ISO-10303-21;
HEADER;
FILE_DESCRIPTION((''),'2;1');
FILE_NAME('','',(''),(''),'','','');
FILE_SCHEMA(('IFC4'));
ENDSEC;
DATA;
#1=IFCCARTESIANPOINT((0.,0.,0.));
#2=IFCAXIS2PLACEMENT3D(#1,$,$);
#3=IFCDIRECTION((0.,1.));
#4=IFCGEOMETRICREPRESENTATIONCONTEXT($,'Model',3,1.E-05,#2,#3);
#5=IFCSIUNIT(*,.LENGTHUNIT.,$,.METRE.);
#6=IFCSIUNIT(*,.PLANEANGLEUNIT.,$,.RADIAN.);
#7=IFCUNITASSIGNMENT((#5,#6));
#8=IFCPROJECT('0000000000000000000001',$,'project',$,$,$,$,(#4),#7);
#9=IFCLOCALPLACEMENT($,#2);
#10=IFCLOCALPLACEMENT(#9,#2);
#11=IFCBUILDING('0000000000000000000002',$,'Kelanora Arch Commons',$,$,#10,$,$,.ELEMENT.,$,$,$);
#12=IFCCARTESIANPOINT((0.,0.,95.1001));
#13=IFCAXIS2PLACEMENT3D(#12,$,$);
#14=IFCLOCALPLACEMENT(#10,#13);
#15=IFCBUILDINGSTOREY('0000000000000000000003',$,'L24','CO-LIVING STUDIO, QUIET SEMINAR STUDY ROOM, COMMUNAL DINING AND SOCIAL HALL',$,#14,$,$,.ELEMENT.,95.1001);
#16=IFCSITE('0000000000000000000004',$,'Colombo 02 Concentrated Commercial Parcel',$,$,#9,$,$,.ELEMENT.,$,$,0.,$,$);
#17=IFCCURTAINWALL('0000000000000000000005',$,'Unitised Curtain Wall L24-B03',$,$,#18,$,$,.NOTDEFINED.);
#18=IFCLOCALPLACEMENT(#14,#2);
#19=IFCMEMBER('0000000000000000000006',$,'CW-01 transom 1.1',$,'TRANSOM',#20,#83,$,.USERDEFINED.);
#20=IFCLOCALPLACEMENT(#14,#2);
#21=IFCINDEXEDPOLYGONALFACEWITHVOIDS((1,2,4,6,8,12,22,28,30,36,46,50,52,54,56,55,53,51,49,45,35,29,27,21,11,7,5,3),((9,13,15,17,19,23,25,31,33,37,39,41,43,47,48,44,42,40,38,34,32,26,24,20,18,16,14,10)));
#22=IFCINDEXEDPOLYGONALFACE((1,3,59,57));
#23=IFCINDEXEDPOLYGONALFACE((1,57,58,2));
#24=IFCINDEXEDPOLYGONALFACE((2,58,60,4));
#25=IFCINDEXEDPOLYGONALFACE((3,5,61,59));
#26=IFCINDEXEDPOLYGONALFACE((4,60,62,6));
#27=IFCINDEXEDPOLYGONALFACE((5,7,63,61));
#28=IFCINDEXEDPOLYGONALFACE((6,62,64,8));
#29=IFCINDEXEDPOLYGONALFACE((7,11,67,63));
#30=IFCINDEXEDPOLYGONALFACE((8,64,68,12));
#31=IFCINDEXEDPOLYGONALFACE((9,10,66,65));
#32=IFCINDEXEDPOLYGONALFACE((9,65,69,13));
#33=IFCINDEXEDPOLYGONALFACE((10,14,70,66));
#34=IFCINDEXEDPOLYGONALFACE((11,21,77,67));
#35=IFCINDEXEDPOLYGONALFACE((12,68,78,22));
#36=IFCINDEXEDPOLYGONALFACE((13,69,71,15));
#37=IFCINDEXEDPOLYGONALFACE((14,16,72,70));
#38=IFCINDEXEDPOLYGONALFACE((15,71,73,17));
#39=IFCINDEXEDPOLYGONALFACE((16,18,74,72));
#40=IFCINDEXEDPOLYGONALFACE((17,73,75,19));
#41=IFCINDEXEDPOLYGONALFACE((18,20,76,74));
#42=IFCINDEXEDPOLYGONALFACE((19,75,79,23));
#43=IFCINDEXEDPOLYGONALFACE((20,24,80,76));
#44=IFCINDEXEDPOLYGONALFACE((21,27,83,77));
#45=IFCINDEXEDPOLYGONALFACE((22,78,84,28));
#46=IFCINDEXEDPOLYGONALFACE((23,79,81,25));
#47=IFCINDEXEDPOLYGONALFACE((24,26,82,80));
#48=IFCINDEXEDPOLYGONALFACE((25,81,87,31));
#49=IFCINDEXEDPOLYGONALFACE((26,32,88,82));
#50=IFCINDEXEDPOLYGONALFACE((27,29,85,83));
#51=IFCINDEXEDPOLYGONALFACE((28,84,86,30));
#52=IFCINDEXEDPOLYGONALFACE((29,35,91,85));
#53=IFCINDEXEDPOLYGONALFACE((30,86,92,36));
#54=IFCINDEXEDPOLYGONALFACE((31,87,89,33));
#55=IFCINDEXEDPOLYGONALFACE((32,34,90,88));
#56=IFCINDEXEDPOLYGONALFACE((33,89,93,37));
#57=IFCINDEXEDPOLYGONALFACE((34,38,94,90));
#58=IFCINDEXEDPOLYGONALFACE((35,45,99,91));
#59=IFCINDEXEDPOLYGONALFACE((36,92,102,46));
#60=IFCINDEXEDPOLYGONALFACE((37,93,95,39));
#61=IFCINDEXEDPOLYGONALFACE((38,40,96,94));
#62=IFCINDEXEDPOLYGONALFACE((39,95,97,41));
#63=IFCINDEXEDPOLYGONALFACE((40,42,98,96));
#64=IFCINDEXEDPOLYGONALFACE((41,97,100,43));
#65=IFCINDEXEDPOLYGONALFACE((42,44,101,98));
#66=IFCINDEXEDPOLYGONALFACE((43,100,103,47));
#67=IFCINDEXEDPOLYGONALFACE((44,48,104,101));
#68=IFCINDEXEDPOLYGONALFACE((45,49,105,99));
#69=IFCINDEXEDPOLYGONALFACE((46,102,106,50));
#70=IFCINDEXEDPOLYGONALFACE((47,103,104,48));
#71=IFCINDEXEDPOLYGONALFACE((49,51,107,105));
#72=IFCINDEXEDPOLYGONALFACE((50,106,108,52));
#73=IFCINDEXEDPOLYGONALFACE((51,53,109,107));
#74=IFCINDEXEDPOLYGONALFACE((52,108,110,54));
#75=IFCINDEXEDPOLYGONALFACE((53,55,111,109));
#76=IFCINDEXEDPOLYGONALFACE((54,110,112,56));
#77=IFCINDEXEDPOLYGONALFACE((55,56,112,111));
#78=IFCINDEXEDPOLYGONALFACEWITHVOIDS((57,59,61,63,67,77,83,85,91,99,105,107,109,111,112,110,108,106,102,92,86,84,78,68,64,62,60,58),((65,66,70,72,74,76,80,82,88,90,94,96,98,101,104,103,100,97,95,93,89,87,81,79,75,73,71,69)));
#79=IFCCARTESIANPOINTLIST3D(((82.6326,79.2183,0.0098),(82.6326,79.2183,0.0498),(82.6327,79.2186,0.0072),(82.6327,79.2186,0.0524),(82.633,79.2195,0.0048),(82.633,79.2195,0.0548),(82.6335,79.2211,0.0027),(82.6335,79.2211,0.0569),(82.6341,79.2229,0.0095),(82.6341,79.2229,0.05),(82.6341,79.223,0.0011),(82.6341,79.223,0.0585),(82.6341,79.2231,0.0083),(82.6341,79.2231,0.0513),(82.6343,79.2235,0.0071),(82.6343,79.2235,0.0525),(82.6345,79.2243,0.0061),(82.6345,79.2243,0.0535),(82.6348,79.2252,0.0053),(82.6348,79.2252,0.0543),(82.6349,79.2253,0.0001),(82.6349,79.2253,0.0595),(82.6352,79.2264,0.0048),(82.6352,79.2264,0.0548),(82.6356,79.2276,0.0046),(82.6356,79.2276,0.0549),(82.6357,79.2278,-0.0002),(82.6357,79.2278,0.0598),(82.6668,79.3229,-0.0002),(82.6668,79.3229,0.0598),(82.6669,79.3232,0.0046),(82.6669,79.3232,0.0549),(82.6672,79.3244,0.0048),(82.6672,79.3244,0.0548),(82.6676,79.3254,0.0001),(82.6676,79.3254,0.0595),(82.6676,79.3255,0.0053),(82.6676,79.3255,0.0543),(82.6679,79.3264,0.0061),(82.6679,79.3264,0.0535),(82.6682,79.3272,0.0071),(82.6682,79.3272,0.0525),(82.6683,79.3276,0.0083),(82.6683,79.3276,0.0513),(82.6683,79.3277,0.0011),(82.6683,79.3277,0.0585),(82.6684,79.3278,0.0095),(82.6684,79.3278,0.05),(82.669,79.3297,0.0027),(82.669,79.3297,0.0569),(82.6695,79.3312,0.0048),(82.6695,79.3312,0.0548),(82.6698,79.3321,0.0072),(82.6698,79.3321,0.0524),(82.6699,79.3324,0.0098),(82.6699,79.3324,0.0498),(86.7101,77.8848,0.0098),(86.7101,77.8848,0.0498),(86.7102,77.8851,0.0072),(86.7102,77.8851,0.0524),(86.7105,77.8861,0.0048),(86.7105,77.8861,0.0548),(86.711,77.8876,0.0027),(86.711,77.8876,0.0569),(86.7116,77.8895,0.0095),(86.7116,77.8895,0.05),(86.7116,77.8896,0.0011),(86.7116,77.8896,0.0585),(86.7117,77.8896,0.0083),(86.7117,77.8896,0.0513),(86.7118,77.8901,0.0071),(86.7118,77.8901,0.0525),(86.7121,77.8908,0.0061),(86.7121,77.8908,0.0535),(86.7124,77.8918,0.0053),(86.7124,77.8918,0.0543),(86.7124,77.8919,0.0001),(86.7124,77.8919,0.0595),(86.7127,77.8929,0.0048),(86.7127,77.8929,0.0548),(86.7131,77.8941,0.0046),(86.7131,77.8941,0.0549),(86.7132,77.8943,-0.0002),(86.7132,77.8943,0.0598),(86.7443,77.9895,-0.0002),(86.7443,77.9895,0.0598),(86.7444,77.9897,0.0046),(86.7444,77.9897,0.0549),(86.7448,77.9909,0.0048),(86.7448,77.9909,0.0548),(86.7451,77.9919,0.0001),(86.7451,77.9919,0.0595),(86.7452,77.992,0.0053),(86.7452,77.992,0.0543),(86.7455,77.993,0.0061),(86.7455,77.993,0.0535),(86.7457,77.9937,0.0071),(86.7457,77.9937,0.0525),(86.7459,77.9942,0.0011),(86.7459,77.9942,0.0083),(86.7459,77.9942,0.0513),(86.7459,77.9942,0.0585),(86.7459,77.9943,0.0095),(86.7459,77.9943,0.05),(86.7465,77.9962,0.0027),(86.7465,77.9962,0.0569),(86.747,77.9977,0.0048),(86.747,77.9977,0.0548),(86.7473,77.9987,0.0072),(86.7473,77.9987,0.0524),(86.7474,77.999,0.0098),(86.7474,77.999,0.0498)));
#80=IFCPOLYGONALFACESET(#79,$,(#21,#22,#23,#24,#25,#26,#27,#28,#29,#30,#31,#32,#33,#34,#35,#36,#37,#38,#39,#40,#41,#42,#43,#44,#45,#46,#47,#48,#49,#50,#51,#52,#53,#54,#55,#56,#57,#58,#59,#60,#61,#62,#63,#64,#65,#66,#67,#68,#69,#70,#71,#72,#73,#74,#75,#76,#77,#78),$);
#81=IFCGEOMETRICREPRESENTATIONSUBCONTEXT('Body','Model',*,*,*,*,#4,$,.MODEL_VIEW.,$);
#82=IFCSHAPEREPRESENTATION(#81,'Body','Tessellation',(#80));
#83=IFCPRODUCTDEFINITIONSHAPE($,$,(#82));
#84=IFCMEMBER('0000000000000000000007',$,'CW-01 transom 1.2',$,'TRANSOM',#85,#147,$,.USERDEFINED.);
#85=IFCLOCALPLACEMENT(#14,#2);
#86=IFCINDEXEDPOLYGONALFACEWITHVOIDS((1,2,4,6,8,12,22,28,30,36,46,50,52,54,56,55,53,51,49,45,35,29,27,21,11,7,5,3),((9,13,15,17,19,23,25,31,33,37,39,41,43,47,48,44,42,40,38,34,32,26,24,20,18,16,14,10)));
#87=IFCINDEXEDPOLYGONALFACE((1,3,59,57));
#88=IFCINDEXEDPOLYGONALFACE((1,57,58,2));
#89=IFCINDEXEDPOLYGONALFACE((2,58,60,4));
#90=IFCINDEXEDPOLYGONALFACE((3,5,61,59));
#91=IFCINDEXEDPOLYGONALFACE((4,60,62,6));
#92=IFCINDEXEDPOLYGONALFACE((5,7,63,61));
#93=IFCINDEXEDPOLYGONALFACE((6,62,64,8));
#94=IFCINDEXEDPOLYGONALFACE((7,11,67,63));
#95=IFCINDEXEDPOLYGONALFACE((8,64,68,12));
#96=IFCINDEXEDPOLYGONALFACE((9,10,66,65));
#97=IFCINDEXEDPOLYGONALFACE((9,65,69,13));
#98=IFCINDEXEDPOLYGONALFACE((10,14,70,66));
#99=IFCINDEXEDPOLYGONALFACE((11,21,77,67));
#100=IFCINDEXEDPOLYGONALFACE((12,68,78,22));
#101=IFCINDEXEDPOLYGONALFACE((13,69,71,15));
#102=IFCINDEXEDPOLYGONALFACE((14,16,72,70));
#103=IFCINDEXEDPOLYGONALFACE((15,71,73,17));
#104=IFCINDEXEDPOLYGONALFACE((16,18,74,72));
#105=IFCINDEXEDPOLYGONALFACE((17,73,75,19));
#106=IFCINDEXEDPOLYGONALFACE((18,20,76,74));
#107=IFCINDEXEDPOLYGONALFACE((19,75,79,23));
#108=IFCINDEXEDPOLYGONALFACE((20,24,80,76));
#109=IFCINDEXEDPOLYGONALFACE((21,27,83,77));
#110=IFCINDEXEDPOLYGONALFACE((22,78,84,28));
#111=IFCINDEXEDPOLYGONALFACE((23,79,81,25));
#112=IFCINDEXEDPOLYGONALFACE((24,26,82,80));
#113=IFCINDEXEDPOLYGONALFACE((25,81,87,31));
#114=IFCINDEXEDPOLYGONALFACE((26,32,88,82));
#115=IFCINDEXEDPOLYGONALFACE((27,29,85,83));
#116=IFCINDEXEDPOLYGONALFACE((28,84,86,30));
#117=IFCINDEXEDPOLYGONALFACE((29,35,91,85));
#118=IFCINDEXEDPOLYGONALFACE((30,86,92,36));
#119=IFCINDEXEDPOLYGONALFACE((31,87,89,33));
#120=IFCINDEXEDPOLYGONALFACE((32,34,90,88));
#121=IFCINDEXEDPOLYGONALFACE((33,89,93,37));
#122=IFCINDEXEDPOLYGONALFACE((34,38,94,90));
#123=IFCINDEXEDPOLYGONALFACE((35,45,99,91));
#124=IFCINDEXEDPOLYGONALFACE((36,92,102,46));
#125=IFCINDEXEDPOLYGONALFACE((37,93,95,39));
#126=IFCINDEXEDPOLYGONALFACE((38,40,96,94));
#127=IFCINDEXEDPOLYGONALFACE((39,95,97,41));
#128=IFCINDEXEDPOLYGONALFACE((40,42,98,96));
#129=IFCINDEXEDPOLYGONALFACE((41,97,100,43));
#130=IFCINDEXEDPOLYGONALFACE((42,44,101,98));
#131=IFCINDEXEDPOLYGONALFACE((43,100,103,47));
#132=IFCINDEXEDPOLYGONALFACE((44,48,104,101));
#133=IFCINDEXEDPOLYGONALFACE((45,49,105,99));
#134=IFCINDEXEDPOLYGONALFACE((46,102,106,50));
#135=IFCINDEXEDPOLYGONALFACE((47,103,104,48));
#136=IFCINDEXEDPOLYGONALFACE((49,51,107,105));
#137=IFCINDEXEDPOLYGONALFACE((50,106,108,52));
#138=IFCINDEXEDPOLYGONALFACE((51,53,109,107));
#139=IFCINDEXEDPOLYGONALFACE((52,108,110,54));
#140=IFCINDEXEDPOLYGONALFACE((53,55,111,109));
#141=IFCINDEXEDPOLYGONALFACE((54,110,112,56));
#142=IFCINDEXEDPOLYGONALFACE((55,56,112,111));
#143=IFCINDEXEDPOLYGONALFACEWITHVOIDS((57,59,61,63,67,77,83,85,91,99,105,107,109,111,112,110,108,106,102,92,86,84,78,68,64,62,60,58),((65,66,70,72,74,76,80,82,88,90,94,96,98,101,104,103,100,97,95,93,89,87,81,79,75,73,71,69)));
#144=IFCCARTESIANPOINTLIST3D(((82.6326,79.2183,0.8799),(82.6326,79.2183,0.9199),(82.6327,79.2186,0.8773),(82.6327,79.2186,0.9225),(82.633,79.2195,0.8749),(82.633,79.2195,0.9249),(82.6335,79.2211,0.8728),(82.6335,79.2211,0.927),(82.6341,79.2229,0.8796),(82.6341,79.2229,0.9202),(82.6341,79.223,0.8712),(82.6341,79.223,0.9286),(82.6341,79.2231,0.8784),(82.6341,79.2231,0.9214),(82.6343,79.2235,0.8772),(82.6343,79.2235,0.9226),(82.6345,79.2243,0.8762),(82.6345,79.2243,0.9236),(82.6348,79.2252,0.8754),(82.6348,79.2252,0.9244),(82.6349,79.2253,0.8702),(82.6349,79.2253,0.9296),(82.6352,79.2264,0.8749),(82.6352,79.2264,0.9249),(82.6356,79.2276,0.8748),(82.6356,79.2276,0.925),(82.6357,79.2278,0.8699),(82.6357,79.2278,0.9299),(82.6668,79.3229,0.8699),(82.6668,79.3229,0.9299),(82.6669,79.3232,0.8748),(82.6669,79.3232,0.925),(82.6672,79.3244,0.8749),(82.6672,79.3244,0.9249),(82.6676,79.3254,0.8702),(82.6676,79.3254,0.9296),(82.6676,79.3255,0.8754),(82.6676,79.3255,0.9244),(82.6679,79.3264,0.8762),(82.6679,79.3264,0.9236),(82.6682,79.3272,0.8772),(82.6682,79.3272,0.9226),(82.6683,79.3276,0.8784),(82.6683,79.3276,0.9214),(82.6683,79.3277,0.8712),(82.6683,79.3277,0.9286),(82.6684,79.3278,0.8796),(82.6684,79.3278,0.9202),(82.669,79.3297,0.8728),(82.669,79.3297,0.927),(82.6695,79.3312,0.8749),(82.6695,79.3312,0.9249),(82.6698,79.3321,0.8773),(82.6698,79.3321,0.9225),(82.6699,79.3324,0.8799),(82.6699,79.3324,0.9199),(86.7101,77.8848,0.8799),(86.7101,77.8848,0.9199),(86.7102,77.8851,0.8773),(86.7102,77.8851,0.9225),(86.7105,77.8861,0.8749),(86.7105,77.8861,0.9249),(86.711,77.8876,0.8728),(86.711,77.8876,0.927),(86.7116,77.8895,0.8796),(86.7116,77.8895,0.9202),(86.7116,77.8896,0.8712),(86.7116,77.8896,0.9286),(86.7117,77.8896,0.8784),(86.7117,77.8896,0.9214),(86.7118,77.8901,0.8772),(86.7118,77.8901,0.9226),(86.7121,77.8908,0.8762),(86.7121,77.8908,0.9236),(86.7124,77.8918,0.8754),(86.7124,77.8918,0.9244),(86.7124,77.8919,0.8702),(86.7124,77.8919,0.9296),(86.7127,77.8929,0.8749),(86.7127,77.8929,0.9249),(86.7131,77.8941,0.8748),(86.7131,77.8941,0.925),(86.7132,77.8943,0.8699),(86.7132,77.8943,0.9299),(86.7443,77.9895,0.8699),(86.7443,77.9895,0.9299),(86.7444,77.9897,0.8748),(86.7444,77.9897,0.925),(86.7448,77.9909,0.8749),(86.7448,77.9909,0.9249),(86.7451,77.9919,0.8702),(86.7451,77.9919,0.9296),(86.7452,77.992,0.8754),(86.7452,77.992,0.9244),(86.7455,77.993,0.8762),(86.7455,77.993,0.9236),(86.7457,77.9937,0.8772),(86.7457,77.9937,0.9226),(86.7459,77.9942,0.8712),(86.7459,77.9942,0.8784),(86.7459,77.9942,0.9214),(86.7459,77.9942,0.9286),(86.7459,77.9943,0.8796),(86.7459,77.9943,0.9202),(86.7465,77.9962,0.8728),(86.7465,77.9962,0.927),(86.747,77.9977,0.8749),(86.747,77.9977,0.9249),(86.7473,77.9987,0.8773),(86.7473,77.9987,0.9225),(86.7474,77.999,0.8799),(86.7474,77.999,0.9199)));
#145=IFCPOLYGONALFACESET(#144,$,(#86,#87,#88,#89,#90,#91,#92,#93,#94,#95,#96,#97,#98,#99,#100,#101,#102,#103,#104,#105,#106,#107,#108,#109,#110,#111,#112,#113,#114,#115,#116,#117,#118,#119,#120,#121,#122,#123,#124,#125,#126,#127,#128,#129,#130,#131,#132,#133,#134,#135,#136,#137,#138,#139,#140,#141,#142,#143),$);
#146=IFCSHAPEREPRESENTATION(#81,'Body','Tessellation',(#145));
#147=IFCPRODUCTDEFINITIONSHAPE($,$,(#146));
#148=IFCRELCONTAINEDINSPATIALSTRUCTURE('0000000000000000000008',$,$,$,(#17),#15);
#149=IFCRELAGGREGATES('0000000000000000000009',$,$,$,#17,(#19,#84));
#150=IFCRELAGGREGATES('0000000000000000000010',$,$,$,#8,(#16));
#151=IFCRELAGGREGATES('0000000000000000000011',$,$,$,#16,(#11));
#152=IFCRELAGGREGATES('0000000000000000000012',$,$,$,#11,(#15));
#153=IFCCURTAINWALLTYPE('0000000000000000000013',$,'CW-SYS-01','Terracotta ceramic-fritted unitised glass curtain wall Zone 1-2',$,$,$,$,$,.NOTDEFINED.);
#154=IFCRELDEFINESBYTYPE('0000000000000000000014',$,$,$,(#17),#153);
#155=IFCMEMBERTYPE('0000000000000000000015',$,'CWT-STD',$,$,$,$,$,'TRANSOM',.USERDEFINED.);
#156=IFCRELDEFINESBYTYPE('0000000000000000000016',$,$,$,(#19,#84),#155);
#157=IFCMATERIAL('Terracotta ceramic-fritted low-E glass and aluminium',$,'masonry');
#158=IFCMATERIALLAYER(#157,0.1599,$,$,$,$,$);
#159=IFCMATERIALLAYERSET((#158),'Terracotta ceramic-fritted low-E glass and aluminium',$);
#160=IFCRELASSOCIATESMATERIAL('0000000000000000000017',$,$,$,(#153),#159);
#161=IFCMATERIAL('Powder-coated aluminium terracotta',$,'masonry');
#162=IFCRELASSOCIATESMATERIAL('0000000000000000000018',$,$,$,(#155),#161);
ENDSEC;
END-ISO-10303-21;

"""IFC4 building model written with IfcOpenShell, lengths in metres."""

from ifc_helpers import new_model, si_unit, direction, frame, origin, origin_2d, place, context, subcontext, project, spatial, hollow_rectangle, extrude, material, layer, layer_set, material_profile, profile_set, type_object, element, aggregate, save


model = new_model("IFC4")

# Units and contexts
model_context = context("Model", 3, precision=1e-05, world=origin(), true_north=direction((0.0, 1.0)))
body_context = subcontext(model_context, "Body", "Model", "MODEL_VIEW")
ifc_project = project(units=[si_unit("LENGTHUNIT", "METRE"), si_unit("PLANEANGLEUNIT", "RADIAN")], contexts=[model_context])

# Site, building, storey
site_placement = place(None, origin())
site = spatial("IfcSite", under=ifc_project, at=site_placement, Name="Colombo 02 Concentrated Commercial Parcel", CompositionType="ELEMENT", RefElevation=0.0)
building_placement = place(site_placement, origin())
building = spatial("IfcBuilding", under=site, at=building_placement, Name="Kelanora Arch Commons", CompositionType="ELEMENT")
storey_placement = place(building_placement, frame((0.0, 0.0, 95.1001)))
storey = spatial("IfcBuildingStorey", under=building, at=storey_placement, Name="L24", Description="CO-LIVING STUDIO, QUIET SEMINAR STUDY ROOM, COMMUNAL DINING AND SOCIAL HALL", CompositionType="ELEMENT", Elevation=95.1001)

# Shared definitions
ifc_material_1 = material(Name="Terracotta ceramic-fritted low-E glass and aluminium", Category="masonry")
ifc_layer_1 = layer(ifc_material_1, 0.1599)
ifc_layer_set_1 = layer_set([ifc_layer_1], Name="Terracotta ceramic-fritted low-E glass and aluminium")
curtain_wall_type = type_object("IfcCurtainWallType", Name="CW-SYS-01", Description="Terracotta ceramic-fritted unitised glass curtain wall Zone 1-2", PredefinedType="NOTDEFINED", material=ifc_layer_set_1)
ifc_material_2 = material(Name="Powder-coated aluminium terracotta", Category="masonry")

# Curtain wall, members
curtain_wall_1_placement = place(storey_placement, origin())
curtain_wall_1 = element("IfcCurtainWall", 1, at=curtain_wall_1_placement, inside=storey, type_object=curtain_wall_type, Name="Unitised Curtain Wall L24-B03", PredefinedType="NOTDEFINED")
ifc_material_profile_1 = material_profile(ifc_material_2, hollow_rectangle(XDim=0.1201, YDim=0.0601, WallThickness=0.0049, InnerFilletRadius=0.0049, OuterFilletRadius=0.01, at=origin_2d()), Name="CWT120x60")
ifc_profile_set_1 = profile_set([ifc_material_profile_1], Name="Powder-coated aluminium terracotta")
member_type_1 = type_object("IfcMemberType", Name="CWT-STD", ElementType="TRANSOM", PredefinedType="USERDEFINED", material=ifc_profile_set_1)
member_1_placement = place(storey_placement, frame((86.7288, 77.9419, 0.0298), z_axis=(-0.950466, 0.310828, 0.0), x_axis=(-0.310828, -0.950466, 0.0)))
member_1 = element("IfcMember", 2, at=member_1_placement, type_object=member_type_1, Name="CW-01 transom 1.1", ObjectType="TRANSOM", PredefinedType="USERDEFINED", context=body_context, shape_type="SweptSolid", body=[
    extrude(hollow_rectangle(XDim=0.1201, YDim=0.0601, WallThickness=0.0049, InnerFilletRadius=0.0049, OuterFilletRadius=0.01, at=origin_2d()), origin(), (0.0, 0.0, 1.0), 4.29),
])
member_2_placement = place(storey_placement, frame((86.7288, 77.9419, 0.8999), z_axis=(-0.950466, 0.310828, 0.0), x_axis=(-0.310828, -0.950466, 0.0)))
member_2 = element("IfcMember", 3, at=member_2_placement, type_object=member_type_1, Name="CW-01 transom 1.2", ObjectType="TRANSOM", PredefinedType="USERDEFINED", context=body_context, shape_type="SweptSolid", body=[
    extrude(hollow_rectangle(XDim=0.1201, YDim=0.0601, WallThickness=0.0049, InnerFilletRadius=0.0049, OuterFilletRadius=0.01, at=origin_2d()), origin(), (0.0, 0.0, 1.0), 4.29),
])
aggregate(curtain_wall_1, [member_1, member_2])

save(model, "model.ifc")
